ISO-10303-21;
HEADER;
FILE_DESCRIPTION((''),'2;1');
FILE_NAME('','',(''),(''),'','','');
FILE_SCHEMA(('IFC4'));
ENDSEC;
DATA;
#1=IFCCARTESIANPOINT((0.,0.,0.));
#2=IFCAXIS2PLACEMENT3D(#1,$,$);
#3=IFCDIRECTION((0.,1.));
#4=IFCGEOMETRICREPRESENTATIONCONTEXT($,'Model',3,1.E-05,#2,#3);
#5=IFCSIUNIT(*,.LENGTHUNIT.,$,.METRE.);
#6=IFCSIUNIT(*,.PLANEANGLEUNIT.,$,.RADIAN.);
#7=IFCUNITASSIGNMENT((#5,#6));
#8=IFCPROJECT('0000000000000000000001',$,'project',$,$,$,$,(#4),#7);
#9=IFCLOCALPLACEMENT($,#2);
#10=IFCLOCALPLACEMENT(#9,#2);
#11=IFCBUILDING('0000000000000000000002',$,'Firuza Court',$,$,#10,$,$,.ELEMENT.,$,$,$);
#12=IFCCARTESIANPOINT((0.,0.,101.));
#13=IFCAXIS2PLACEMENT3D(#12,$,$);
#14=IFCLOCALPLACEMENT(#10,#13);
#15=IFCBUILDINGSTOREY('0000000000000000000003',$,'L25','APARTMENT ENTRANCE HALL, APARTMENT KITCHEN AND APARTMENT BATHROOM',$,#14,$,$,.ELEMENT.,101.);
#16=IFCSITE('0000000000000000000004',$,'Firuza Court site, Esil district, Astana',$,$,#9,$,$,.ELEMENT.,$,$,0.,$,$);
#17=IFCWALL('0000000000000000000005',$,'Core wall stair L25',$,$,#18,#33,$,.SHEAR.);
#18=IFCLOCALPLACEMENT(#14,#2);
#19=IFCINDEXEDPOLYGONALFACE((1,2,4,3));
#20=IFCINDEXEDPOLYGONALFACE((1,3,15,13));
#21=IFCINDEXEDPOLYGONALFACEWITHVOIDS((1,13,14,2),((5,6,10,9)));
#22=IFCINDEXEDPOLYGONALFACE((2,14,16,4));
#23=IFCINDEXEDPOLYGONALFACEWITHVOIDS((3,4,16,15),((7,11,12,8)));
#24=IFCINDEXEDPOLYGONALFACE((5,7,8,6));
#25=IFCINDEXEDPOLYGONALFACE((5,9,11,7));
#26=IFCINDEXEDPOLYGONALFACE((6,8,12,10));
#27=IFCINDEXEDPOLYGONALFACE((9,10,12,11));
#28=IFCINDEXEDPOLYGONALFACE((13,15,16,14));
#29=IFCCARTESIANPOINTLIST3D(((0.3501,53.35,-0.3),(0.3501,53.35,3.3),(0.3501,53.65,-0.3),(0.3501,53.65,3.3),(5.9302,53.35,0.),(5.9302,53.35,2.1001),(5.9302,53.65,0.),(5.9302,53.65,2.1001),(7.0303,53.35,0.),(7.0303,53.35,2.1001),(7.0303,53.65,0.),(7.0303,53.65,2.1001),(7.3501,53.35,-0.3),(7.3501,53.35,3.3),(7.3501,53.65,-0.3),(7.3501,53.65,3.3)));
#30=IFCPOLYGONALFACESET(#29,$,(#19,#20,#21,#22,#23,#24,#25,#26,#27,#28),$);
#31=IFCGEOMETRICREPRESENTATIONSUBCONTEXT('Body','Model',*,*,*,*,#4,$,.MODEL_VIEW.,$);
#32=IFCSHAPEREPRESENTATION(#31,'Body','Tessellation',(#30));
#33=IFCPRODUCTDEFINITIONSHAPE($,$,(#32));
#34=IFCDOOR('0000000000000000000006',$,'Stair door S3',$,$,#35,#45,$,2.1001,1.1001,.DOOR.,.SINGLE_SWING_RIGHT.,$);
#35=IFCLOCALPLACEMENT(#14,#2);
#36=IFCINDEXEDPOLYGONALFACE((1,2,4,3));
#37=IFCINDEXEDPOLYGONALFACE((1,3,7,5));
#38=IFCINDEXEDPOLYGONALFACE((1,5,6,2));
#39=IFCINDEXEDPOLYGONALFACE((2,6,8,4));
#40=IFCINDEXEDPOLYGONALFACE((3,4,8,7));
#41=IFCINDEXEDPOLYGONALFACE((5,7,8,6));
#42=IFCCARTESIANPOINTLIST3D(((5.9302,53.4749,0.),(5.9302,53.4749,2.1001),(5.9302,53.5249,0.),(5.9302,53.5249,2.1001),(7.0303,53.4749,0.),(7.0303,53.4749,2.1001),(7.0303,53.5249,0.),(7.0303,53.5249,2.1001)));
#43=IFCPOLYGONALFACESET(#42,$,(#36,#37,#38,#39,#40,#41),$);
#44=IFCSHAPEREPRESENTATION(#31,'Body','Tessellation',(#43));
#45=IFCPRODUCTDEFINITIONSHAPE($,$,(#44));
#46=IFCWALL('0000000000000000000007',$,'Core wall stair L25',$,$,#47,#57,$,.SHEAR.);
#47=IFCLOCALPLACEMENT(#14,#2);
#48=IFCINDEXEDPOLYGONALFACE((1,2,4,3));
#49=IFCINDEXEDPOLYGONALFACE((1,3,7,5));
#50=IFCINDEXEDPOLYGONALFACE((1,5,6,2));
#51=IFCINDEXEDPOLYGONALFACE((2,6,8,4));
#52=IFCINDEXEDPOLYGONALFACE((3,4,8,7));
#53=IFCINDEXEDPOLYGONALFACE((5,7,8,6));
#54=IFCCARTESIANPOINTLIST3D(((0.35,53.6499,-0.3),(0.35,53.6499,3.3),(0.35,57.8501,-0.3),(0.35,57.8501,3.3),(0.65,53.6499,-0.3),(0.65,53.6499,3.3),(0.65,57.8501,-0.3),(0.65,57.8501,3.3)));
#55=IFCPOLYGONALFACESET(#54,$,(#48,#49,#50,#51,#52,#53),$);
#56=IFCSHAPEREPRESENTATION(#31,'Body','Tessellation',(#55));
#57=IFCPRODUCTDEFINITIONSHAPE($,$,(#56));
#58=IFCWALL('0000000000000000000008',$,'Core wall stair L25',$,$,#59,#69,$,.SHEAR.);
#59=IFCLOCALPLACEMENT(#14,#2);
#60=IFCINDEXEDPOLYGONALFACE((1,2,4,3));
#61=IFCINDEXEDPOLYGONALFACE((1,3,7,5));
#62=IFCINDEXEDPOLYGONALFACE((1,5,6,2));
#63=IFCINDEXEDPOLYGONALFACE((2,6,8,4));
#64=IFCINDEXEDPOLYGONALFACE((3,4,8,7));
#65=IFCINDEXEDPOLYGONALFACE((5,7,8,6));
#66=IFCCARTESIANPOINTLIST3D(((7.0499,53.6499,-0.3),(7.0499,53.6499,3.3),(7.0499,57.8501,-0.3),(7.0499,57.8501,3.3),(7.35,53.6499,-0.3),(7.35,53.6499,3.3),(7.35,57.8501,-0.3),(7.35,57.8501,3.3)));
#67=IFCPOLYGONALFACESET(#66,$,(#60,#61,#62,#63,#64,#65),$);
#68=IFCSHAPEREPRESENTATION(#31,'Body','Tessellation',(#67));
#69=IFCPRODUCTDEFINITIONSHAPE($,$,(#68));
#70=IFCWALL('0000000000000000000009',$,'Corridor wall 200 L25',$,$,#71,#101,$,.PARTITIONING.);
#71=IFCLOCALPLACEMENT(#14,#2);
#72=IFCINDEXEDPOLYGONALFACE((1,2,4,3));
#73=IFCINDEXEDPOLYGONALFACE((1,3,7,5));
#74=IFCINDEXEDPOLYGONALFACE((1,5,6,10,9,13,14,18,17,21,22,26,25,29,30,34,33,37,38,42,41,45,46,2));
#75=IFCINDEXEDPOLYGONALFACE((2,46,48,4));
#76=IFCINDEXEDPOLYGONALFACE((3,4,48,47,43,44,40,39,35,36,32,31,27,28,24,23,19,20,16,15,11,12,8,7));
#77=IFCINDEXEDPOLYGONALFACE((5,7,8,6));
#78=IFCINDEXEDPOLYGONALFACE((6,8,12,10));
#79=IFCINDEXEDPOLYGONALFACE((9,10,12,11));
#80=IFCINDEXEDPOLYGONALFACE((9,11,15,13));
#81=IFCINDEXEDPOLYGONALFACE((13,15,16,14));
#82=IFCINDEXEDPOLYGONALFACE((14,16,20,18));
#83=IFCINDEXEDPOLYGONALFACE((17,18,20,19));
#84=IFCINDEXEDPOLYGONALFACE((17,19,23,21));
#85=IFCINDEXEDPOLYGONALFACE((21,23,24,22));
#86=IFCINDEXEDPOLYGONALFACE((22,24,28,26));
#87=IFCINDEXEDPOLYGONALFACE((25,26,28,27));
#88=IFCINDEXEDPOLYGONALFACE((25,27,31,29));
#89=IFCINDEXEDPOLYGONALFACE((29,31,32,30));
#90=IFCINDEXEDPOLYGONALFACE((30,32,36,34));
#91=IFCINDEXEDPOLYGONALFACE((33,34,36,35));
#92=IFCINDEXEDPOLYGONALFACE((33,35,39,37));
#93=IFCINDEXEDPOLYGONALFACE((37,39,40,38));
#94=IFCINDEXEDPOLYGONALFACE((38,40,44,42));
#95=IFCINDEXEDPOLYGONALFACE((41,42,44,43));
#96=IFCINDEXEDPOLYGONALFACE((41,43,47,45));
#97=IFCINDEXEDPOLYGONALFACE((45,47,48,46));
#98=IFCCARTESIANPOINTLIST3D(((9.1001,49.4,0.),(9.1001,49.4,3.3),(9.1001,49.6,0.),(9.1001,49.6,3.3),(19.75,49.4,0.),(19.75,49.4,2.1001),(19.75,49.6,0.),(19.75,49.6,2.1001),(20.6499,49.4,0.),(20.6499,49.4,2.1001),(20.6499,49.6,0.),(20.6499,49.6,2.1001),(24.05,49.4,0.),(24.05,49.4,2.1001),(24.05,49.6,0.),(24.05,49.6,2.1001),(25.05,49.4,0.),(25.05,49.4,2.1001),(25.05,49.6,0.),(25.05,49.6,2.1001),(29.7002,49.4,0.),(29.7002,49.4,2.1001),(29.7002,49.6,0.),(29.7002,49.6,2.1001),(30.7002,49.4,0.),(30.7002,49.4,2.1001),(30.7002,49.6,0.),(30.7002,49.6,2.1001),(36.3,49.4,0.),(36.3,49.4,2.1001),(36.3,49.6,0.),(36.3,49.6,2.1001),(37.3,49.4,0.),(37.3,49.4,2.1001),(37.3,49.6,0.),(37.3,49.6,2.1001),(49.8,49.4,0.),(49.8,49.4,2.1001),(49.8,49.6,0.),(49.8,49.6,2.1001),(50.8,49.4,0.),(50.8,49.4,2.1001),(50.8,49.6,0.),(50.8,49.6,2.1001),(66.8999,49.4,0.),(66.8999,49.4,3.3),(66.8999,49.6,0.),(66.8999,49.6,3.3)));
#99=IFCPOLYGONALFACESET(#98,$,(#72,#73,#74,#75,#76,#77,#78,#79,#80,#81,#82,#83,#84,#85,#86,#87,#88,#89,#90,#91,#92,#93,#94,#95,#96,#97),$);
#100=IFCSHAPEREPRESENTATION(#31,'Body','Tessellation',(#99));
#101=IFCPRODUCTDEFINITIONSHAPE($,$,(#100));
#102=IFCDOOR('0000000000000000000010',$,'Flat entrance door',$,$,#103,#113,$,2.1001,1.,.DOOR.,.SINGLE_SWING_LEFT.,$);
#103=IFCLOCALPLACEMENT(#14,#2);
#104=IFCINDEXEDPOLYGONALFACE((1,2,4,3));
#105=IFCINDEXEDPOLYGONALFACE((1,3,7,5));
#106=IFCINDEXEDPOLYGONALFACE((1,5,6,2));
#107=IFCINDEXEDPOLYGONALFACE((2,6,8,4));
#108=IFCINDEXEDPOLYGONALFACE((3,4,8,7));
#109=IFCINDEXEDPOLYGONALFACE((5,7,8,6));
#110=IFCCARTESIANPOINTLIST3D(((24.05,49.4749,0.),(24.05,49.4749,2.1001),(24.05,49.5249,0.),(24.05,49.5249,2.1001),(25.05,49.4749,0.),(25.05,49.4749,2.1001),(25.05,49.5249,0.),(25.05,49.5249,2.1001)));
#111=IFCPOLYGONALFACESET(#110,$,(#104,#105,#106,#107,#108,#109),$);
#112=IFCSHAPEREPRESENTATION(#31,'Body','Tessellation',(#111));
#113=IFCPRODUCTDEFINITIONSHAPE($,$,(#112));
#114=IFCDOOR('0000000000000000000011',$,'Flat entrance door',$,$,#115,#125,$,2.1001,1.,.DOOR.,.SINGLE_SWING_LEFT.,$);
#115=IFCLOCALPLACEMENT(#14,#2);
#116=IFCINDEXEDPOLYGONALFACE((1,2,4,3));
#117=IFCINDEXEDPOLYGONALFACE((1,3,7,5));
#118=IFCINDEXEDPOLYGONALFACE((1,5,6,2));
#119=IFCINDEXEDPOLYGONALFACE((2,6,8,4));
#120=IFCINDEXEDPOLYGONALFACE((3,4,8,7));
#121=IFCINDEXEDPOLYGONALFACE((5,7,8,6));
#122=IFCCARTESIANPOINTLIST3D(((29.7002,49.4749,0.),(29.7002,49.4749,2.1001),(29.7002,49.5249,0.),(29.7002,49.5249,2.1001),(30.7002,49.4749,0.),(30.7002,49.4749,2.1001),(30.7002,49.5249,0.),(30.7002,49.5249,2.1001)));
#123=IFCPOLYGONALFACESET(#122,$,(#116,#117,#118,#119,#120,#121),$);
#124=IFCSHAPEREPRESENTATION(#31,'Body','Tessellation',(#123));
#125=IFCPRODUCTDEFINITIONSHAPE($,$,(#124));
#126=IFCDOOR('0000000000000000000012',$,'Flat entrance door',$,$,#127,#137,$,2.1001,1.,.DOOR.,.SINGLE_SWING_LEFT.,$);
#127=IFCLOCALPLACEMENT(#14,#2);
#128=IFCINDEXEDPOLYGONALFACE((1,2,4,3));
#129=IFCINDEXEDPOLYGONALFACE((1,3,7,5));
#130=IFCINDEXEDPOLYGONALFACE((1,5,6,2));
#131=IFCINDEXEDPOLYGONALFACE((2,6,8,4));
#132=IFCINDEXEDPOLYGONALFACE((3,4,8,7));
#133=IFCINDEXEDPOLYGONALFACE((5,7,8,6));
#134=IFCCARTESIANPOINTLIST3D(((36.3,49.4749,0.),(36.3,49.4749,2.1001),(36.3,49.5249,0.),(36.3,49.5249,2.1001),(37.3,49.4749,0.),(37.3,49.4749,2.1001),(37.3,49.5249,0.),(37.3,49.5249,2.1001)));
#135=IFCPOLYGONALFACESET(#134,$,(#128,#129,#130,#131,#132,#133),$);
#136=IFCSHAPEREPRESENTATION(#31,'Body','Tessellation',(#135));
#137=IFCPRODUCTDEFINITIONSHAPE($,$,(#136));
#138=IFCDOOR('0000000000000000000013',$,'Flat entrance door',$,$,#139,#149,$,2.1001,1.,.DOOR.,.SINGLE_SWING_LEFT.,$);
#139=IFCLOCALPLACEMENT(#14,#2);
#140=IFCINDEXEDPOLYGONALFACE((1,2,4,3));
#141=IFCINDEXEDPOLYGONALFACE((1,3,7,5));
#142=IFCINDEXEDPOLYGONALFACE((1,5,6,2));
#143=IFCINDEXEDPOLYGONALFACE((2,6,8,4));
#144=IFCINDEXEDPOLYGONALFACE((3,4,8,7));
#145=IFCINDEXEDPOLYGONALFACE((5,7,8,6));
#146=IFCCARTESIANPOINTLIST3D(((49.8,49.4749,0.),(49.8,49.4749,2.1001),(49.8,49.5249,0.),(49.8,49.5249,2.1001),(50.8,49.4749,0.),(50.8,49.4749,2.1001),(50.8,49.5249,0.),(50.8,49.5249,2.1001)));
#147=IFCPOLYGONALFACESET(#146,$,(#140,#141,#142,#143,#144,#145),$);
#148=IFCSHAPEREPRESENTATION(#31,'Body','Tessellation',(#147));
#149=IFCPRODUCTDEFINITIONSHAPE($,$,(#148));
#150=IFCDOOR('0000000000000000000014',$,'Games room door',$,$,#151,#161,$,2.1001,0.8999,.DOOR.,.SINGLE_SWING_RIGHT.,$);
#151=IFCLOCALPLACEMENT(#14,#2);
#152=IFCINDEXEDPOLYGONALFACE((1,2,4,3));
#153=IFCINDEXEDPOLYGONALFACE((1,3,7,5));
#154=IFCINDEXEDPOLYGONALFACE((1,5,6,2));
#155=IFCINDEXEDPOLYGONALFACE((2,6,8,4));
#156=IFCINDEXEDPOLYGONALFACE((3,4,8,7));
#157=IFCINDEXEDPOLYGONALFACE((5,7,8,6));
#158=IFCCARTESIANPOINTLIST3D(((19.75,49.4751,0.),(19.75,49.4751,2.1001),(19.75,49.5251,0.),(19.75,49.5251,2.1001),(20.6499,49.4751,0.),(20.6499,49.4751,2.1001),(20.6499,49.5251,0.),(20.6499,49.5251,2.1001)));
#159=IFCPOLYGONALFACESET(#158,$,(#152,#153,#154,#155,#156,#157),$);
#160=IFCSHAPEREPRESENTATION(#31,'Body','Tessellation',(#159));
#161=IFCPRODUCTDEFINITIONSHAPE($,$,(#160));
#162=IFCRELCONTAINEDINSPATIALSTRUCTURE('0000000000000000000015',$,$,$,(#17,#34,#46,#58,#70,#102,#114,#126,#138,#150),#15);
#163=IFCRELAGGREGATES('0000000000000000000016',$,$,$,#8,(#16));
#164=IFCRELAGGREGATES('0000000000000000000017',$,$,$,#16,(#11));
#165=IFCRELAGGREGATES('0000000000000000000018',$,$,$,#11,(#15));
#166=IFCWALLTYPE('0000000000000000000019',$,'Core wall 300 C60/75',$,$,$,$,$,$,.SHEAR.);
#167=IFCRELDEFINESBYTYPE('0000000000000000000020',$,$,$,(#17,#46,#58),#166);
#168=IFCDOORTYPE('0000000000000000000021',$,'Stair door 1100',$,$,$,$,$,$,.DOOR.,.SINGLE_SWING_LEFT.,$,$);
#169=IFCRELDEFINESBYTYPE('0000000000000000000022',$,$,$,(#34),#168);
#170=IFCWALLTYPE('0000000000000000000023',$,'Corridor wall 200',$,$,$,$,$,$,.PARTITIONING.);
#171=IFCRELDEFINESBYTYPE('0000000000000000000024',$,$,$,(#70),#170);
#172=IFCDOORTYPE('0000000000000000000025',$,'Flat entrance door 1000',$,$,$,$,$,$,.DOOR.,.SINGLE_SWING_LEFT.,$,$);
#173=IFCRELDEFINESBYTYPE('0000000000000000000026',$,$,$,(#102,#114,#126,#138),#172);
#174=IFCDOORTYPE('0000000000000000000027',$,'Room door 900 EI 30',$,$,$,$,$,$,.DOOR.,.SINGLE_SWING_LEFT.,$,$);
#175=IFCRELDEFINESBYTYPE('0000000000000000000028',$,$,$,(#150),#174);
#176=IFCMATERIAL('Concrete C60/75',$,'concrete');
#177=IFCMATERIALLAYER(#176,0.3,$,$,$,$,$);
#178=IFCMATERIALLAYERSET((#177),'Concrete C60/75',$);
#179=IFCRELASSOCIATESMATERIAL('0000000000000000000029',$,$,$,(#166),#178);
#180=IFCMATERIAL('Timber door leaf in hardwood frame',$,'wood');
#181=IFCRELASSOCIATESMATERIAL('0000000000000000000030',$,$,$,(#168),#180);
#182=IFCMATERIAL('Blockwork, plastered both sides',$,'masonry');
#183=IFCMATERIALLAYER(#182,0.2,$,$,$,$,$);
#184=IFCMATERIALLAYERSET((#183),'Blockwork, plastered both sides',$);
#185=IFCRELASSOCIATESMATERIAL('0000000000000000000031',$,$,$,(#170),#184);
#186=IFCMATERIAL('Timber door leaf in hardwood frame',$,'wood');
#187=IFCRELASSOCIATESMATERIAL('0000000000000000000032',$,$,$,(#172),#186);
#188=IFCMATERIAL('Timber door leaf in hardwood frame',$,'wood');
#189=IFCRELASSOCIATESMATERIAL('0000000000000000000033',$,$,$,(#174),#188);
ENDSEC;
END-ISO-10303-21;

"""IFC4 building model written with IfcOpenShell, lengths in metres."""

from ifc_helpers import new_model, si_unit, direction, frame, frame_2d, origin, place, context, subcontext, project, spatial, rectangle, extrude, material, layer, layer_set, type_object, element, fill, save


model = new_model("IFC4")

# Units and contexts
model_context = context("Model", 3, precision=1e-05, world=origin(), true_north=direction((0.0, 1.0)))
body_context = subcontext(model_context, "Body", "Model", "MODEL_VIEW")
ifc_project = project(units=[si_unit("LENGTHUNIT", "METRE"), si_unit("PLANEANGLEUNIT", "RADIAN")], contexts=[model_context])

# Site, building, storey
site_placement = place(None, origin())
site = spatial("IfcSite", under=ifc_project, at=site_placement, Name="Firuza Court site, Esil district, Astana", CompositionType="ELEMENT", RefElevation=0.0)
building_placement = place(site_placement, origin())
building = spatial("IfcBuilding", under=site, at=building_placement, Name="Firuza Court", CompositionType="ELEMENT")
storey_placement = place(building_placement, frame((0.0, 0.0, 101.0)))
storey = spatial("IfcBuildingStorey", under=building, at=storey_placement, Name="L25", Description="APARTMENT ENTRANCE HALL, APARTMENT KITCHEN AND APARTMENT BATHROOM", CompositionType="ELEMENT", Elevation=101.0)

# Wall, opening, door
ifc_material_1 = material(Name="Concrete C60/75", Category="concrete")
ifc_layer_1 = layer(ifc_material_1, 0.3)
ifc_layer_set_1 = layer_set([ifc_layer_1], Name="Concrete C60/75")
wall_type_1 = type_object("IfcWallType", Name="Core wall 300 C60/75", PredefinedType="SHEAR", material=ifc_layer_set_1)
wall_1_placement = place(storey_placement, frame((0.3501, 53.5, -0.3), z_axis=(0.0, 0.0, 1.0), x_axis=(1.0, 0.0, 0.0)))
wall_1 = element("IfcWall", 1, at=wall_1_placement, inside=storey, type_object=wall_type_1, Name="Core wall stair L25", PredefinedType="SHEAR", context=body_context, shape_type="SweptSolid", body=[
    extrude(rectangle(XDim=7.0, YDim=0.3, at=frame_2d((3.5, 0.0))), origin(), (0.0, 0.0, 1.0), 3.6001),
])
opening_1_placement = place(wall_1_placement, frame((5.5801, 0.0, 0.3)))
opening_1 = element("IfcOpeningElement", 2, at=opening_1_placement, cuts=wall_1, PredefinedType="OPENING", context=body_context, shape_type="SweptSolid", body=[
    extrude(rectangle(XDim=1.1001, YDim=2.1001, at=frame_2d((0.55, 1.05))), frame((0.0, 0.1621, 0.0), z_axis=(0.0, -1.0, 0.0), x_axis=(1.0, 0.0, 0.0)), (0.0, 0.0, 1.0), 0.324),
])
ifc_material_2 = material(Name="Timber door leaf in hardwood frame", Category="wood")
door_type_1 = type_object("IfcDoorType", Name="Stair door 1100", OperationType="SINGLE_SWING_LEFT", PredefinedType="DOOR", material=ifc_material_2)
door_1_placement = place(opening_1_placement, origin())
door_1 = element("IfcDoor", 3, at=door_1_placement, inside=storey, type_object=door_type_1, Name="Stair door S3", OperationType="SINGLE_SWING_RIGHT", OverallHeight=2.1001, OverallWidth=1.1001, PredefinedType="DOOR", context=body_context, shape_type="SweptSolid", body=[
    extrude(rectangle(XDim=1.1001, YDim=2.1001, at=frame_2d((0.55, 1.05))), frame((0.0, 0.0249, 0.0), z_axis=(0.0, -1.0, 0.0), x_axis=(1.0, 0.0, 0.0)), (0.0, 0.0, 1.0), 0.05),
])
fill(opening_1, door_1)

# Walls
for number, where, z_axis, x_axis, name in (
    (4, (0.5, 53.6499, -0.3), (0.0, 0.0, 1.0), (0.0, 1.0, 0.0), "Core wall stair L25"),
    (5, (7.2, 53.6499, -0.3), (0.0, 0.0, 1.0), (0.0, 1.0, 0.0), "Core wall stair L25"),
):
    element("IfcWall", number, at=place(storey_placement, frame(where, z_axis=z_axis, x_axis=x_axis)), inside=storey, type_object=wall_type_1, Name=name, PredefinedType="SHEAR", context=body_context, shape_type="SweptSolid", body=[
        extrude(rectangle(XDim=4.2002, YDim=0.3, at=frame_2d((2.1001, 0.0))), origin(), (0.0, 0.0, 1.0), 3.6001),
    ])

# Wall, openings, doors
ifc_material_3 = material(Name="Blockwork, plastered both sides", Category="masonry")
ifc_layer_2 = layer(ifc_material_3, 0.2)
ifc_layer_set_2 = layer_set([ifc_layer_2], Name="Blockwork, plastered both sides")
wall_type_2 = type_object("IfcWallType", Name="Corridor wall 200", PredefinedType="PARTITIONING", material=ifc_layer_set_2)
wall_2_placement = place(storey_placement, frame((9.1001, 49.5, 0.0), z_axis=(0.0, 0.0, 1.0), x_axis=(1.0, 0.0, 0.0)))
wall_2 = element("IfcWall", 6, at=wall_2_placement, inside=storey, type_object=wall_type_2, Name="Corridor wall 200 L25", PredefinedType="PARTITIONING", context=body_context, shape_type="SweptSolid", body=[
    extrude(rectangle(XDim=57.7998, YDim=0.2, at=frame_2d((28.8999, 0.0))), origin(), (0.0, 0.0, 1.0), 3.3),
])
opening_2_placement = place(wall_2_placement, frame((14.95, 0.0, 0.0)))
opening_2 = element("IfcOpeningElement", 7, at=opening_2_placement, cuts=wall_2, PredefinedType="OPENING", context=body_context, shape_type="SweptSolid", body=[
    extrude(rectangle(XDim=1.0, YDim=2.1001, at=frame_2d((0.5, 1.05))), frame((0.0, 0.1118, 0.0), z_axis=(0.0, -1.0, 0.0), x_axis=(1.0, 0.0, 0.0)), (0.0, 0.0, 1.0), 0.2239),
])
opening_3_placement = place(wall_2_placement, frame((20.6001, 0.0, 0.0)))
opening_3 = element("IfcOpeningElement", 8, at=opening_3_placement, cuts=wall_2, PredefinedType="OPENING", context=body_context, shape_type="SweptSolid", body=[
    extrude(rectangle(XDim=1.0, YDim=2.1001, at=frame_2d((0.5, 1.05))), frame((0.0, 0.1118, 0.0), z_axis=(0.0, -1.0, 0.0), x_axis=(1.0, 0.0, 0.0)), (0.0, 0.0, 1.0), 0.2239),
])
opening_4_placement = place(wall_2_placement, frame((27.2, 0.0, 0.0)))
opening_4 = element("IfcOpeningElement", 9, at=opening_4_placement, cuts=wall_2, PredefinedType="OPENING", context=body_context, shape_type="SweptSolid", body=[
    extrude(rectangle(XDim=1.0, YDim=2.1001, at=frame_2d((0.5, 1.05))), frame((0.0, 0.1118, 0.0), z_axis=(0.0, -1.0, 0.0), x_axis=(1.0, 0.0, 0.0)), (0.0, 0.0, 1.0), 0.2239),
])
opening_5_placement = place(wall_2_placement, frame((40.7, 0.0, 0.0)))
opening_5 = element("IfcOpeningElement", 10, at=opening_5_placement, cuts=wall_2, PredefinedType="OPENING", context=body_context, shape_type="SweptSolid", body=[
    extrude(rectangle(XDim=1.0, YDim=2.1001, at=frame_2d((0.5, 1.05))), frame((0.0, 0.1118, 0.0), z_axis=(0.0, -1.0, 0.0), x_axis=(1.0, 0.0, 0.0)), (0.0, 0.0, 1.0), 0.2239),
])
opening_6_placement = place(wall_2_placement, frame((10.6499, 0.0, 0.0)))
opening_6 = element("IfcOpeningElement", 11, at=opening_6_placement, cuts=wall_2, PredefinedType="OPENING", context=body_context, shape_type="SweptSolid", body=[
    extrude(rectangle(XDim=0.8999, YDim=2.1001, at=frame_2d((0.45, 1.05))), frame((0.0, 0.1118, 0.0), z_axis=(0.0, -1.0, 0.0), x_axis=(1.0, 0.0, 0.0)), (0.0, 0.0, 1.0), 0.2239),
])
ifc_material_4 = material(Name="Timber door leaf in hardwood frame", Category="wood")
door_type_2 = type_object("IfcDoorType", Name="Flat entrance door 1000", OperationType="SINGLE_SWING_LEFT", PredefinedType="DOOR", material=ifc_material_4)
door_2_placement = place(opening_2_placement, origin())
door_2 = element("IfcDoor", 12, at=door_2_placement, inside=storey, type_object=door_type_2, Name="Flat entrance door", OperationType="SINGLE_SWING_LEFT", OverallHeight=2.1001, OverallWidth=1.0, PredefinedType="DOOR", context=body_context, shape_type="SweptSolid", body=[
    extrude(rectangle(XDim=1.0, YDim=2.1001, at=frame_2d((0.5, 1.05))), frame((0.0, 0.0249, 0.0), z_axis=(0.0, -1.0, 0.0), x_axis=(1.0, 0.0, 0.0)), (0.0, 0.0, 1.0), 0.05),
])
fill(opening_2, door_2)
door_3_placement = place(opening_3_placement, origin())
door_3 = element("IfcDoor", 13, at=door_3_placement, inside=storey, type_object=door_type_2, Name="Flat entrance door", OperationType="SINGLE_SWING_LEFT", OverallHeight=2.1001, OverallWidth=1.0, PredefinedType="DOOR", context=body_context, shape_type="SweptSolid", body=[
    extrude(rectangle(XDim=1.0, YDim=2.1001, at=frame_2d((0.5, 1.05))), frame((0.0, 0.0249, 0.0), z_axis=(0.0, -1.0, 0.0), x_axis=(1.0, 0.0, 0.0)), (0.0, 0.0, 1.0), 0.05),
])
fill(opening_3, door_3)
door_4_placement = place(opening_4_placement, origin())
door_4 = element("IfcDoor", 14, at=door_4_placement, inside=storey, type_object=door_type_2, Name="Flat entrance door", OperationType="SINGLE_SWING_LEFT", OverallHeight=2.1001, OverallWidth=1.0, PredefinedType="DOOR", context=body_context, shape_type="SweptSolid", body=[
    extrude(rectangle(XDim=1.0, YDim=2.1001, at=frame_2d((0.5, 1.05))), frame((0.0, 0.0249, 0.0), z_axis=(0.0, -1.0, 0.0), x_axis=(1.0, 0.0, 0.0)), (0.0, 0.0, 1.0), 0.05),
])
fill(opening_4, door_4)
door_5_placement = place(opening_5_placement, origin())
door_5 = element("IfcDoor", 15, at=door_5_placement, inside=storey, type_object=door_type_2, Name="Flat entrance door", OperationType="SINGLE_SWING_LEFT", OverallHeight=2.1001, OverallWidth=1.0, PredefinedType="DOOR", context=body_context, shape_type="SweptSolid", body=[
    extrude(rectangle(XDim=1.0, YDim=2.1001, at=frame_2d((0.5, 1.05))), frame((0.0, 0.0249, 0.0), z_axis=(0.0, -1.0, 0.0), x_axis=(1.0, 0.0, 0.0)), (0.0, 0.0, 1.0), 0.05),
])
fill(opening_5, door_5)
ifc_material_5 = material(Name="Timber door leaf in hardwood frame", Category="wood")
door_type_3 = type_object("IfcDoorType", Name="Room door 900 EI 30", OperationType="SINGLE_SWING_LEFT", PredefinedType="DOOR", material=ifc_material_5)
door_6_placement = place(opening_6_placement, frame((0.8999, 0.0, 0.0), z_axis=(0.0, 0.0, 1.0), x_axis=(-1.0, 0.0, 0.0)))
door_6 = element("IfcDoor", 16, at=door_6_placement, inside=storey, type_object=door_type_3, Name="Games room door", OperationType="SINGLE_SWING_RIGHT", OverallHeight=2.1001, OverallWidth=0.8999, PredefinedType="DOOR", context=body_context, shape_type="SweptSolid", body=[
    extrude(rectangle(XDim=0.8999, YDim=2.1001, at=frame_2d((0.45, 1.05))), frame((0.0, 0.0249, 0.0), z_axis=(0.0, -1.0, 0.0), x_axis=(1.0, 0.0, 0.0)), (0.0, 0.0, 1.0), 0.05),
])
fill(opening_6, door_6)

save(model, "model.ifc")
